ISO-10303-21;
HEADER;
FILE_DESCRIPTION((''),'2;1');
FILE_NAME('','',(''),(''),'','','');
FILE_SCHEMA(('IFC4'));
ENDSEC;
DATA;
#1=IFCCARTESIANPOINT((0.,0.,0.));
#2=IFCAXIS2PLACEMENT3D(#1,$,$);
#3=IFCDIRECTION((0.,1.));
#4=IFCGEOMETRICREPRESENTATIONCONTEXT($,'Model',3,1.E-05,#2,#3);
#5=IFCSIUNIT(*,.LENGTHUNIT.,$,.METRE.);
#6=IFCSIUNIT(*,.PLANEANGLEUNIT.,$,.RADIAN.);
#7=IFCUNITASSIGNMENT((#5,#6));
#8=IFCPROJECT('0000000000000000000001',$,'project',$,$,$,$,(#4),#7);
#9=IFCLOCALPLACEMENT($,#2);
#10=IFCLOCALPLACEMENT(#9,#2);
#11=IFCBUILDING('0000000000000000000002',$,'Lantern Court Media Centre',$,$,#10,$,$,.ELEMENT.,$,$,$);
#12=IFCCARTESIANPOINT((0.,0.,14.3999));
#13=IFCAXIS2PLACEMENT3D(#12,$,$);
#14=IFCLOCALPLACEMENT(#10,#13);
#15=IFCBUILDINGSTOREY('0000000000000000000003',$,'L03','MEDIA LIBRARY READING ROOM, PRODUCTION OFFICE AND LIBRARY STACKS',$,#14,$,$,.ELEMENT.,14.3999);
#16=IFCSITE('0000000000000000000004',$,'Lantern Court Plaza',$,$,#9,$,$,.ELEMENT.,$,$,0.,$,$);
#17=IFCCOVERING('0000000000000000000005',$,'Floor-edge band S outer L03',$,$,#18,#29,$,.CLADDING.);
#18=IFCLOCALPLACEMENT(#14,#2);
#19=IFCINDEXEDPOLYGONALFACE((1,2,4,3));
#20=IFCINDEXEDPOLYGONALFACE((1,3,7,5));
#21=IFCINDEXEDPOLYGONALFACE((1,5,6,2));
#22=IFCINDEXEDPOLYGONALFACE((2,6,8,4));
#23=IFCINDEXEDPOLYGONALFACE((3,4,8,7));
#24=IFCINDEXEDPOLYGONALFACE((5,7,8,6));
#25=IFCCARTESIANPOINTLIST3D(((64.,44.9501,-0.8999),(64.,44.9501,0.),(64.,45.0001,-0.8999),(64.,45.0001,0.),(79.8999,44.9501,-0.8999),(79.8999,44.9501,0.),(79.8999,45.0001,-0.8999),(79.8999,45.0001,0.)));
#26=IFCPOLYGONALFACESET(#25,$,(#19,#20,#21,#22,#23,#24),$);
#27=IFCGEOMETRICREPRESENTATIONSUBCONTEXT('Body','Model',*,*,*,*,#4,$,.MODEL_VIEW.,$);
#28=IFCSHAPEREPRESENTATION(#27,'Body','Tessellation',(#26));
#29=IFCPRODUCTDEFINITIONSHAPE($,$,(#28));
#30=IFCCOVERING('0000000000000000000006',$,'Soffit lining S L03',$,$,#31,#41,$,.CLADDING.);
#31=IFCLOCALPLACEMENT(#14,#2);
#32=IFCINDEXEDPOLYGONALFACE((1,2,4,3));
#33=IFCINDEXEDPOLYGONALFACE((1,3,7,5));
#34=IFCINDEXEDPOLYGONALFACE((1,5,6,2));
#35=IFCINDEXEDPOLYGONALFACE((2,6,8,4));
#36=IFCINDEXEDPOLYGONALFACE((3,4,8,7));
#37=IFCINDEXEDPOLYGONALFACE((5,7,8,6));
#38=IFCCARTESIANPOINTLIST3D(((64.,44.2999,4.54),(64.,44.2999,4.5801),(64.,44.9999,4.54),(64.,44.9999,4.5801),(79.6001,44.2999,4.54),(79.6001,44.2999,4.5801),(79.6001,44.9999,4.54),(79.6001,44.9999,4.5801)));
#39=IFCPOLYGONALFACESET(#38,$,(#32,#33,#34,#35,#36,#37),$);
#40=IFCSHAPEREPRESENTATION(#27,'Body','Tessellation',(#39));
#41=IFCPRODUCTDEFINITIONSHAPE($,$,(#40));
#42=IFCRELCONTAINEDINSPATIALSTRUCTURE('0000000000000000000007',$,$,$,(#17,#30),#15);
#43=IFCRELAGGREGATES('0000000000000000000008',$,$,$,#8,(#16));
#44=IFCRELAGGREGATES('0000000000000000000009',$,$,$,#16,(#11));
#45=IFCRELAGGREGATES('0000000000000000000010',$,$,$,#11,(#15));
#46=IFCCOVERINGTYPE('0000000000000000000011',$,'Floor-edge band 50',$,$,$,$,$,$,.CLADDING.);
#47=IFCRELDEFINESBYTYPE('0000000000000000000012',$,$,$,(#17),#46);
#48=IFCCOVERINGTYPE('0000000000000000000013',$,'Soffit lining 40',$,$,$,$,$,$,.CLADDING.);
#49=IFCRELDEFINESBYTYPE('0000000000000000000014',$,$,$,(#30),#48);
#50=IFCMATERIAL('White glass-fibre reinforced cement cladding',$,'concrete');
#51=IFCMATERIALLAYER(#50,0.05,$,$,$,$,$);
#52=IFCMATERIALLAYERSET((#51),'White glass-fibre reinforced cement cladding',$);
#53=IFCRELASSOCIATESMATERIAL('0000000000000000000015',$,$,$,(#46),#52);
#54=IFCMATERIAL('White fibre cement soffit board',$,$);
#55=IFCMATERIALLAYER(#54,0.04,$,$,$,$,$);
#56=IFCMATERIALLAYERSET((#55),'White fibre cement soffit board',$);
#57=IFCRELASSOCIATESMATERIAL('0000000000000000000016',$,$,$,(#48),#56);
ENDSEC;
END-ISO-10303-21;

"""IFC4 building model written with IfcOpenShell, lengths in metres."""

from ifc_helpers import new_model, si_unit, direction, frame, frame_2d, origin, place, context, subcontext, project, spatial, rectangle, extrude, material, layer, layer_set, type_object, element, save


model = new_model("IFC4")

# Units and contexts
model_context = context("Model", 3, precision=1e-05, world=origin(), true_north=direction((0.0, 1.0)))
body_context = subcontext(model_context, "Body", "Model", "MODEL_VIEW")
ifc_project = project(units=[si_unit("LENGTHUNIT", "METRE"), si_unit("PLANEANGLEUNIT", "RADIAN")], contexts=[model_context])

# Site, building, storey
site_placement = place(None, origin())
site = spatial("IfcSite", under=ifc_project, at=site_placement, Name="Lantern Court Plaza", CompositionType="ELEMENT", RefElevation=0.0)
building_placement = place(site_placement, origin())
building = spatial("IfcBuilding", under=site, at=building_placement, Name="Lantern Court Media Centre", CompositionType="ELEMENT")
storey_placement = place(building_placement, frame((0.0, 0.0, 14.3999)))
storey = spatial("IfcBuildingStorey", under=building, at=storey_placement, Name="L03", Description="MEDIA LIBRARY READING ROOM, PRODUCTION OFFICE AND LIBRARY STACKS", CompositionType="ELEMENT", Elevation=14.3999)

# Coverings
ifc_material_1 = material(Name="White glass-fibre reinforced cement cladding", Category="concrete")
ifc_layer_1 = layer(ifc_material_1, 0.05)
ifc_layer_set_1 = layer_set([ifc_layer_1], Name="White glass-fibre reinforced cement cladding")
covering_type_1 = type_object("IfcCoveringType", Name="Floor-edge band 50", PredefinedType="CLADDING", material=ifc_layer_set_1)
covering_1_placement = place(storey_placement, frame((64.0, 44.9751, -0.8999), z_axis=(0.0, 0.0, 1.0), x_axis=(1.0, 0.0, 0.0)))
element("IfcCovering", 1, at=covering_1_placement, inside=storey, type_object=covering_type_1, Name="Floor-edge band S outer L03", PredefinedType="CLADDING", context=body_context, shape_type="SweptSolid", body=[
    extrude(rectangle(XDim=15.8999, YDim=0.05, at=frame_2d((7.95, 0.0))), origin(), (0.0, 0.0, 1.0), 0.8999),
])
ifc_material_2 = material(Name="White fibre cement soffit board")
ifc_layer_2 = layer(ifc_material_2, 0.04)
ifc_layer_set_2 = layer_set([ifc_layer_2], Name="White fibre cement soffit board")
covering_type_2 = type_object("IfcCoveringType", Name="Soffit lining 40", PredefinedType="CLADDING", material=ifc_layer_set_2)
covering_2_placement = place(storey_placement, frame((64.0, 44.6499, 4.54), z_axis=(0.0, 0.0, 1.0), x_axis=(1.0, 0.0, 0.0)))
element("IfcCovering", 2, at=covering_2_placement, inside=storey, type_object=covering_type_2, Name="Soffit lining S L03", PredefinedType="CLADDING", context=body_context, shape_type="SweptSolid", body=[
    extrude(rectangle(XDim=15.6001, YDim=0.7, at=frame_2d((7.8, 0.0))), origin(), (0.0, 0.0, 1.0), 0.04),
])

save(model, "model.ifc")
